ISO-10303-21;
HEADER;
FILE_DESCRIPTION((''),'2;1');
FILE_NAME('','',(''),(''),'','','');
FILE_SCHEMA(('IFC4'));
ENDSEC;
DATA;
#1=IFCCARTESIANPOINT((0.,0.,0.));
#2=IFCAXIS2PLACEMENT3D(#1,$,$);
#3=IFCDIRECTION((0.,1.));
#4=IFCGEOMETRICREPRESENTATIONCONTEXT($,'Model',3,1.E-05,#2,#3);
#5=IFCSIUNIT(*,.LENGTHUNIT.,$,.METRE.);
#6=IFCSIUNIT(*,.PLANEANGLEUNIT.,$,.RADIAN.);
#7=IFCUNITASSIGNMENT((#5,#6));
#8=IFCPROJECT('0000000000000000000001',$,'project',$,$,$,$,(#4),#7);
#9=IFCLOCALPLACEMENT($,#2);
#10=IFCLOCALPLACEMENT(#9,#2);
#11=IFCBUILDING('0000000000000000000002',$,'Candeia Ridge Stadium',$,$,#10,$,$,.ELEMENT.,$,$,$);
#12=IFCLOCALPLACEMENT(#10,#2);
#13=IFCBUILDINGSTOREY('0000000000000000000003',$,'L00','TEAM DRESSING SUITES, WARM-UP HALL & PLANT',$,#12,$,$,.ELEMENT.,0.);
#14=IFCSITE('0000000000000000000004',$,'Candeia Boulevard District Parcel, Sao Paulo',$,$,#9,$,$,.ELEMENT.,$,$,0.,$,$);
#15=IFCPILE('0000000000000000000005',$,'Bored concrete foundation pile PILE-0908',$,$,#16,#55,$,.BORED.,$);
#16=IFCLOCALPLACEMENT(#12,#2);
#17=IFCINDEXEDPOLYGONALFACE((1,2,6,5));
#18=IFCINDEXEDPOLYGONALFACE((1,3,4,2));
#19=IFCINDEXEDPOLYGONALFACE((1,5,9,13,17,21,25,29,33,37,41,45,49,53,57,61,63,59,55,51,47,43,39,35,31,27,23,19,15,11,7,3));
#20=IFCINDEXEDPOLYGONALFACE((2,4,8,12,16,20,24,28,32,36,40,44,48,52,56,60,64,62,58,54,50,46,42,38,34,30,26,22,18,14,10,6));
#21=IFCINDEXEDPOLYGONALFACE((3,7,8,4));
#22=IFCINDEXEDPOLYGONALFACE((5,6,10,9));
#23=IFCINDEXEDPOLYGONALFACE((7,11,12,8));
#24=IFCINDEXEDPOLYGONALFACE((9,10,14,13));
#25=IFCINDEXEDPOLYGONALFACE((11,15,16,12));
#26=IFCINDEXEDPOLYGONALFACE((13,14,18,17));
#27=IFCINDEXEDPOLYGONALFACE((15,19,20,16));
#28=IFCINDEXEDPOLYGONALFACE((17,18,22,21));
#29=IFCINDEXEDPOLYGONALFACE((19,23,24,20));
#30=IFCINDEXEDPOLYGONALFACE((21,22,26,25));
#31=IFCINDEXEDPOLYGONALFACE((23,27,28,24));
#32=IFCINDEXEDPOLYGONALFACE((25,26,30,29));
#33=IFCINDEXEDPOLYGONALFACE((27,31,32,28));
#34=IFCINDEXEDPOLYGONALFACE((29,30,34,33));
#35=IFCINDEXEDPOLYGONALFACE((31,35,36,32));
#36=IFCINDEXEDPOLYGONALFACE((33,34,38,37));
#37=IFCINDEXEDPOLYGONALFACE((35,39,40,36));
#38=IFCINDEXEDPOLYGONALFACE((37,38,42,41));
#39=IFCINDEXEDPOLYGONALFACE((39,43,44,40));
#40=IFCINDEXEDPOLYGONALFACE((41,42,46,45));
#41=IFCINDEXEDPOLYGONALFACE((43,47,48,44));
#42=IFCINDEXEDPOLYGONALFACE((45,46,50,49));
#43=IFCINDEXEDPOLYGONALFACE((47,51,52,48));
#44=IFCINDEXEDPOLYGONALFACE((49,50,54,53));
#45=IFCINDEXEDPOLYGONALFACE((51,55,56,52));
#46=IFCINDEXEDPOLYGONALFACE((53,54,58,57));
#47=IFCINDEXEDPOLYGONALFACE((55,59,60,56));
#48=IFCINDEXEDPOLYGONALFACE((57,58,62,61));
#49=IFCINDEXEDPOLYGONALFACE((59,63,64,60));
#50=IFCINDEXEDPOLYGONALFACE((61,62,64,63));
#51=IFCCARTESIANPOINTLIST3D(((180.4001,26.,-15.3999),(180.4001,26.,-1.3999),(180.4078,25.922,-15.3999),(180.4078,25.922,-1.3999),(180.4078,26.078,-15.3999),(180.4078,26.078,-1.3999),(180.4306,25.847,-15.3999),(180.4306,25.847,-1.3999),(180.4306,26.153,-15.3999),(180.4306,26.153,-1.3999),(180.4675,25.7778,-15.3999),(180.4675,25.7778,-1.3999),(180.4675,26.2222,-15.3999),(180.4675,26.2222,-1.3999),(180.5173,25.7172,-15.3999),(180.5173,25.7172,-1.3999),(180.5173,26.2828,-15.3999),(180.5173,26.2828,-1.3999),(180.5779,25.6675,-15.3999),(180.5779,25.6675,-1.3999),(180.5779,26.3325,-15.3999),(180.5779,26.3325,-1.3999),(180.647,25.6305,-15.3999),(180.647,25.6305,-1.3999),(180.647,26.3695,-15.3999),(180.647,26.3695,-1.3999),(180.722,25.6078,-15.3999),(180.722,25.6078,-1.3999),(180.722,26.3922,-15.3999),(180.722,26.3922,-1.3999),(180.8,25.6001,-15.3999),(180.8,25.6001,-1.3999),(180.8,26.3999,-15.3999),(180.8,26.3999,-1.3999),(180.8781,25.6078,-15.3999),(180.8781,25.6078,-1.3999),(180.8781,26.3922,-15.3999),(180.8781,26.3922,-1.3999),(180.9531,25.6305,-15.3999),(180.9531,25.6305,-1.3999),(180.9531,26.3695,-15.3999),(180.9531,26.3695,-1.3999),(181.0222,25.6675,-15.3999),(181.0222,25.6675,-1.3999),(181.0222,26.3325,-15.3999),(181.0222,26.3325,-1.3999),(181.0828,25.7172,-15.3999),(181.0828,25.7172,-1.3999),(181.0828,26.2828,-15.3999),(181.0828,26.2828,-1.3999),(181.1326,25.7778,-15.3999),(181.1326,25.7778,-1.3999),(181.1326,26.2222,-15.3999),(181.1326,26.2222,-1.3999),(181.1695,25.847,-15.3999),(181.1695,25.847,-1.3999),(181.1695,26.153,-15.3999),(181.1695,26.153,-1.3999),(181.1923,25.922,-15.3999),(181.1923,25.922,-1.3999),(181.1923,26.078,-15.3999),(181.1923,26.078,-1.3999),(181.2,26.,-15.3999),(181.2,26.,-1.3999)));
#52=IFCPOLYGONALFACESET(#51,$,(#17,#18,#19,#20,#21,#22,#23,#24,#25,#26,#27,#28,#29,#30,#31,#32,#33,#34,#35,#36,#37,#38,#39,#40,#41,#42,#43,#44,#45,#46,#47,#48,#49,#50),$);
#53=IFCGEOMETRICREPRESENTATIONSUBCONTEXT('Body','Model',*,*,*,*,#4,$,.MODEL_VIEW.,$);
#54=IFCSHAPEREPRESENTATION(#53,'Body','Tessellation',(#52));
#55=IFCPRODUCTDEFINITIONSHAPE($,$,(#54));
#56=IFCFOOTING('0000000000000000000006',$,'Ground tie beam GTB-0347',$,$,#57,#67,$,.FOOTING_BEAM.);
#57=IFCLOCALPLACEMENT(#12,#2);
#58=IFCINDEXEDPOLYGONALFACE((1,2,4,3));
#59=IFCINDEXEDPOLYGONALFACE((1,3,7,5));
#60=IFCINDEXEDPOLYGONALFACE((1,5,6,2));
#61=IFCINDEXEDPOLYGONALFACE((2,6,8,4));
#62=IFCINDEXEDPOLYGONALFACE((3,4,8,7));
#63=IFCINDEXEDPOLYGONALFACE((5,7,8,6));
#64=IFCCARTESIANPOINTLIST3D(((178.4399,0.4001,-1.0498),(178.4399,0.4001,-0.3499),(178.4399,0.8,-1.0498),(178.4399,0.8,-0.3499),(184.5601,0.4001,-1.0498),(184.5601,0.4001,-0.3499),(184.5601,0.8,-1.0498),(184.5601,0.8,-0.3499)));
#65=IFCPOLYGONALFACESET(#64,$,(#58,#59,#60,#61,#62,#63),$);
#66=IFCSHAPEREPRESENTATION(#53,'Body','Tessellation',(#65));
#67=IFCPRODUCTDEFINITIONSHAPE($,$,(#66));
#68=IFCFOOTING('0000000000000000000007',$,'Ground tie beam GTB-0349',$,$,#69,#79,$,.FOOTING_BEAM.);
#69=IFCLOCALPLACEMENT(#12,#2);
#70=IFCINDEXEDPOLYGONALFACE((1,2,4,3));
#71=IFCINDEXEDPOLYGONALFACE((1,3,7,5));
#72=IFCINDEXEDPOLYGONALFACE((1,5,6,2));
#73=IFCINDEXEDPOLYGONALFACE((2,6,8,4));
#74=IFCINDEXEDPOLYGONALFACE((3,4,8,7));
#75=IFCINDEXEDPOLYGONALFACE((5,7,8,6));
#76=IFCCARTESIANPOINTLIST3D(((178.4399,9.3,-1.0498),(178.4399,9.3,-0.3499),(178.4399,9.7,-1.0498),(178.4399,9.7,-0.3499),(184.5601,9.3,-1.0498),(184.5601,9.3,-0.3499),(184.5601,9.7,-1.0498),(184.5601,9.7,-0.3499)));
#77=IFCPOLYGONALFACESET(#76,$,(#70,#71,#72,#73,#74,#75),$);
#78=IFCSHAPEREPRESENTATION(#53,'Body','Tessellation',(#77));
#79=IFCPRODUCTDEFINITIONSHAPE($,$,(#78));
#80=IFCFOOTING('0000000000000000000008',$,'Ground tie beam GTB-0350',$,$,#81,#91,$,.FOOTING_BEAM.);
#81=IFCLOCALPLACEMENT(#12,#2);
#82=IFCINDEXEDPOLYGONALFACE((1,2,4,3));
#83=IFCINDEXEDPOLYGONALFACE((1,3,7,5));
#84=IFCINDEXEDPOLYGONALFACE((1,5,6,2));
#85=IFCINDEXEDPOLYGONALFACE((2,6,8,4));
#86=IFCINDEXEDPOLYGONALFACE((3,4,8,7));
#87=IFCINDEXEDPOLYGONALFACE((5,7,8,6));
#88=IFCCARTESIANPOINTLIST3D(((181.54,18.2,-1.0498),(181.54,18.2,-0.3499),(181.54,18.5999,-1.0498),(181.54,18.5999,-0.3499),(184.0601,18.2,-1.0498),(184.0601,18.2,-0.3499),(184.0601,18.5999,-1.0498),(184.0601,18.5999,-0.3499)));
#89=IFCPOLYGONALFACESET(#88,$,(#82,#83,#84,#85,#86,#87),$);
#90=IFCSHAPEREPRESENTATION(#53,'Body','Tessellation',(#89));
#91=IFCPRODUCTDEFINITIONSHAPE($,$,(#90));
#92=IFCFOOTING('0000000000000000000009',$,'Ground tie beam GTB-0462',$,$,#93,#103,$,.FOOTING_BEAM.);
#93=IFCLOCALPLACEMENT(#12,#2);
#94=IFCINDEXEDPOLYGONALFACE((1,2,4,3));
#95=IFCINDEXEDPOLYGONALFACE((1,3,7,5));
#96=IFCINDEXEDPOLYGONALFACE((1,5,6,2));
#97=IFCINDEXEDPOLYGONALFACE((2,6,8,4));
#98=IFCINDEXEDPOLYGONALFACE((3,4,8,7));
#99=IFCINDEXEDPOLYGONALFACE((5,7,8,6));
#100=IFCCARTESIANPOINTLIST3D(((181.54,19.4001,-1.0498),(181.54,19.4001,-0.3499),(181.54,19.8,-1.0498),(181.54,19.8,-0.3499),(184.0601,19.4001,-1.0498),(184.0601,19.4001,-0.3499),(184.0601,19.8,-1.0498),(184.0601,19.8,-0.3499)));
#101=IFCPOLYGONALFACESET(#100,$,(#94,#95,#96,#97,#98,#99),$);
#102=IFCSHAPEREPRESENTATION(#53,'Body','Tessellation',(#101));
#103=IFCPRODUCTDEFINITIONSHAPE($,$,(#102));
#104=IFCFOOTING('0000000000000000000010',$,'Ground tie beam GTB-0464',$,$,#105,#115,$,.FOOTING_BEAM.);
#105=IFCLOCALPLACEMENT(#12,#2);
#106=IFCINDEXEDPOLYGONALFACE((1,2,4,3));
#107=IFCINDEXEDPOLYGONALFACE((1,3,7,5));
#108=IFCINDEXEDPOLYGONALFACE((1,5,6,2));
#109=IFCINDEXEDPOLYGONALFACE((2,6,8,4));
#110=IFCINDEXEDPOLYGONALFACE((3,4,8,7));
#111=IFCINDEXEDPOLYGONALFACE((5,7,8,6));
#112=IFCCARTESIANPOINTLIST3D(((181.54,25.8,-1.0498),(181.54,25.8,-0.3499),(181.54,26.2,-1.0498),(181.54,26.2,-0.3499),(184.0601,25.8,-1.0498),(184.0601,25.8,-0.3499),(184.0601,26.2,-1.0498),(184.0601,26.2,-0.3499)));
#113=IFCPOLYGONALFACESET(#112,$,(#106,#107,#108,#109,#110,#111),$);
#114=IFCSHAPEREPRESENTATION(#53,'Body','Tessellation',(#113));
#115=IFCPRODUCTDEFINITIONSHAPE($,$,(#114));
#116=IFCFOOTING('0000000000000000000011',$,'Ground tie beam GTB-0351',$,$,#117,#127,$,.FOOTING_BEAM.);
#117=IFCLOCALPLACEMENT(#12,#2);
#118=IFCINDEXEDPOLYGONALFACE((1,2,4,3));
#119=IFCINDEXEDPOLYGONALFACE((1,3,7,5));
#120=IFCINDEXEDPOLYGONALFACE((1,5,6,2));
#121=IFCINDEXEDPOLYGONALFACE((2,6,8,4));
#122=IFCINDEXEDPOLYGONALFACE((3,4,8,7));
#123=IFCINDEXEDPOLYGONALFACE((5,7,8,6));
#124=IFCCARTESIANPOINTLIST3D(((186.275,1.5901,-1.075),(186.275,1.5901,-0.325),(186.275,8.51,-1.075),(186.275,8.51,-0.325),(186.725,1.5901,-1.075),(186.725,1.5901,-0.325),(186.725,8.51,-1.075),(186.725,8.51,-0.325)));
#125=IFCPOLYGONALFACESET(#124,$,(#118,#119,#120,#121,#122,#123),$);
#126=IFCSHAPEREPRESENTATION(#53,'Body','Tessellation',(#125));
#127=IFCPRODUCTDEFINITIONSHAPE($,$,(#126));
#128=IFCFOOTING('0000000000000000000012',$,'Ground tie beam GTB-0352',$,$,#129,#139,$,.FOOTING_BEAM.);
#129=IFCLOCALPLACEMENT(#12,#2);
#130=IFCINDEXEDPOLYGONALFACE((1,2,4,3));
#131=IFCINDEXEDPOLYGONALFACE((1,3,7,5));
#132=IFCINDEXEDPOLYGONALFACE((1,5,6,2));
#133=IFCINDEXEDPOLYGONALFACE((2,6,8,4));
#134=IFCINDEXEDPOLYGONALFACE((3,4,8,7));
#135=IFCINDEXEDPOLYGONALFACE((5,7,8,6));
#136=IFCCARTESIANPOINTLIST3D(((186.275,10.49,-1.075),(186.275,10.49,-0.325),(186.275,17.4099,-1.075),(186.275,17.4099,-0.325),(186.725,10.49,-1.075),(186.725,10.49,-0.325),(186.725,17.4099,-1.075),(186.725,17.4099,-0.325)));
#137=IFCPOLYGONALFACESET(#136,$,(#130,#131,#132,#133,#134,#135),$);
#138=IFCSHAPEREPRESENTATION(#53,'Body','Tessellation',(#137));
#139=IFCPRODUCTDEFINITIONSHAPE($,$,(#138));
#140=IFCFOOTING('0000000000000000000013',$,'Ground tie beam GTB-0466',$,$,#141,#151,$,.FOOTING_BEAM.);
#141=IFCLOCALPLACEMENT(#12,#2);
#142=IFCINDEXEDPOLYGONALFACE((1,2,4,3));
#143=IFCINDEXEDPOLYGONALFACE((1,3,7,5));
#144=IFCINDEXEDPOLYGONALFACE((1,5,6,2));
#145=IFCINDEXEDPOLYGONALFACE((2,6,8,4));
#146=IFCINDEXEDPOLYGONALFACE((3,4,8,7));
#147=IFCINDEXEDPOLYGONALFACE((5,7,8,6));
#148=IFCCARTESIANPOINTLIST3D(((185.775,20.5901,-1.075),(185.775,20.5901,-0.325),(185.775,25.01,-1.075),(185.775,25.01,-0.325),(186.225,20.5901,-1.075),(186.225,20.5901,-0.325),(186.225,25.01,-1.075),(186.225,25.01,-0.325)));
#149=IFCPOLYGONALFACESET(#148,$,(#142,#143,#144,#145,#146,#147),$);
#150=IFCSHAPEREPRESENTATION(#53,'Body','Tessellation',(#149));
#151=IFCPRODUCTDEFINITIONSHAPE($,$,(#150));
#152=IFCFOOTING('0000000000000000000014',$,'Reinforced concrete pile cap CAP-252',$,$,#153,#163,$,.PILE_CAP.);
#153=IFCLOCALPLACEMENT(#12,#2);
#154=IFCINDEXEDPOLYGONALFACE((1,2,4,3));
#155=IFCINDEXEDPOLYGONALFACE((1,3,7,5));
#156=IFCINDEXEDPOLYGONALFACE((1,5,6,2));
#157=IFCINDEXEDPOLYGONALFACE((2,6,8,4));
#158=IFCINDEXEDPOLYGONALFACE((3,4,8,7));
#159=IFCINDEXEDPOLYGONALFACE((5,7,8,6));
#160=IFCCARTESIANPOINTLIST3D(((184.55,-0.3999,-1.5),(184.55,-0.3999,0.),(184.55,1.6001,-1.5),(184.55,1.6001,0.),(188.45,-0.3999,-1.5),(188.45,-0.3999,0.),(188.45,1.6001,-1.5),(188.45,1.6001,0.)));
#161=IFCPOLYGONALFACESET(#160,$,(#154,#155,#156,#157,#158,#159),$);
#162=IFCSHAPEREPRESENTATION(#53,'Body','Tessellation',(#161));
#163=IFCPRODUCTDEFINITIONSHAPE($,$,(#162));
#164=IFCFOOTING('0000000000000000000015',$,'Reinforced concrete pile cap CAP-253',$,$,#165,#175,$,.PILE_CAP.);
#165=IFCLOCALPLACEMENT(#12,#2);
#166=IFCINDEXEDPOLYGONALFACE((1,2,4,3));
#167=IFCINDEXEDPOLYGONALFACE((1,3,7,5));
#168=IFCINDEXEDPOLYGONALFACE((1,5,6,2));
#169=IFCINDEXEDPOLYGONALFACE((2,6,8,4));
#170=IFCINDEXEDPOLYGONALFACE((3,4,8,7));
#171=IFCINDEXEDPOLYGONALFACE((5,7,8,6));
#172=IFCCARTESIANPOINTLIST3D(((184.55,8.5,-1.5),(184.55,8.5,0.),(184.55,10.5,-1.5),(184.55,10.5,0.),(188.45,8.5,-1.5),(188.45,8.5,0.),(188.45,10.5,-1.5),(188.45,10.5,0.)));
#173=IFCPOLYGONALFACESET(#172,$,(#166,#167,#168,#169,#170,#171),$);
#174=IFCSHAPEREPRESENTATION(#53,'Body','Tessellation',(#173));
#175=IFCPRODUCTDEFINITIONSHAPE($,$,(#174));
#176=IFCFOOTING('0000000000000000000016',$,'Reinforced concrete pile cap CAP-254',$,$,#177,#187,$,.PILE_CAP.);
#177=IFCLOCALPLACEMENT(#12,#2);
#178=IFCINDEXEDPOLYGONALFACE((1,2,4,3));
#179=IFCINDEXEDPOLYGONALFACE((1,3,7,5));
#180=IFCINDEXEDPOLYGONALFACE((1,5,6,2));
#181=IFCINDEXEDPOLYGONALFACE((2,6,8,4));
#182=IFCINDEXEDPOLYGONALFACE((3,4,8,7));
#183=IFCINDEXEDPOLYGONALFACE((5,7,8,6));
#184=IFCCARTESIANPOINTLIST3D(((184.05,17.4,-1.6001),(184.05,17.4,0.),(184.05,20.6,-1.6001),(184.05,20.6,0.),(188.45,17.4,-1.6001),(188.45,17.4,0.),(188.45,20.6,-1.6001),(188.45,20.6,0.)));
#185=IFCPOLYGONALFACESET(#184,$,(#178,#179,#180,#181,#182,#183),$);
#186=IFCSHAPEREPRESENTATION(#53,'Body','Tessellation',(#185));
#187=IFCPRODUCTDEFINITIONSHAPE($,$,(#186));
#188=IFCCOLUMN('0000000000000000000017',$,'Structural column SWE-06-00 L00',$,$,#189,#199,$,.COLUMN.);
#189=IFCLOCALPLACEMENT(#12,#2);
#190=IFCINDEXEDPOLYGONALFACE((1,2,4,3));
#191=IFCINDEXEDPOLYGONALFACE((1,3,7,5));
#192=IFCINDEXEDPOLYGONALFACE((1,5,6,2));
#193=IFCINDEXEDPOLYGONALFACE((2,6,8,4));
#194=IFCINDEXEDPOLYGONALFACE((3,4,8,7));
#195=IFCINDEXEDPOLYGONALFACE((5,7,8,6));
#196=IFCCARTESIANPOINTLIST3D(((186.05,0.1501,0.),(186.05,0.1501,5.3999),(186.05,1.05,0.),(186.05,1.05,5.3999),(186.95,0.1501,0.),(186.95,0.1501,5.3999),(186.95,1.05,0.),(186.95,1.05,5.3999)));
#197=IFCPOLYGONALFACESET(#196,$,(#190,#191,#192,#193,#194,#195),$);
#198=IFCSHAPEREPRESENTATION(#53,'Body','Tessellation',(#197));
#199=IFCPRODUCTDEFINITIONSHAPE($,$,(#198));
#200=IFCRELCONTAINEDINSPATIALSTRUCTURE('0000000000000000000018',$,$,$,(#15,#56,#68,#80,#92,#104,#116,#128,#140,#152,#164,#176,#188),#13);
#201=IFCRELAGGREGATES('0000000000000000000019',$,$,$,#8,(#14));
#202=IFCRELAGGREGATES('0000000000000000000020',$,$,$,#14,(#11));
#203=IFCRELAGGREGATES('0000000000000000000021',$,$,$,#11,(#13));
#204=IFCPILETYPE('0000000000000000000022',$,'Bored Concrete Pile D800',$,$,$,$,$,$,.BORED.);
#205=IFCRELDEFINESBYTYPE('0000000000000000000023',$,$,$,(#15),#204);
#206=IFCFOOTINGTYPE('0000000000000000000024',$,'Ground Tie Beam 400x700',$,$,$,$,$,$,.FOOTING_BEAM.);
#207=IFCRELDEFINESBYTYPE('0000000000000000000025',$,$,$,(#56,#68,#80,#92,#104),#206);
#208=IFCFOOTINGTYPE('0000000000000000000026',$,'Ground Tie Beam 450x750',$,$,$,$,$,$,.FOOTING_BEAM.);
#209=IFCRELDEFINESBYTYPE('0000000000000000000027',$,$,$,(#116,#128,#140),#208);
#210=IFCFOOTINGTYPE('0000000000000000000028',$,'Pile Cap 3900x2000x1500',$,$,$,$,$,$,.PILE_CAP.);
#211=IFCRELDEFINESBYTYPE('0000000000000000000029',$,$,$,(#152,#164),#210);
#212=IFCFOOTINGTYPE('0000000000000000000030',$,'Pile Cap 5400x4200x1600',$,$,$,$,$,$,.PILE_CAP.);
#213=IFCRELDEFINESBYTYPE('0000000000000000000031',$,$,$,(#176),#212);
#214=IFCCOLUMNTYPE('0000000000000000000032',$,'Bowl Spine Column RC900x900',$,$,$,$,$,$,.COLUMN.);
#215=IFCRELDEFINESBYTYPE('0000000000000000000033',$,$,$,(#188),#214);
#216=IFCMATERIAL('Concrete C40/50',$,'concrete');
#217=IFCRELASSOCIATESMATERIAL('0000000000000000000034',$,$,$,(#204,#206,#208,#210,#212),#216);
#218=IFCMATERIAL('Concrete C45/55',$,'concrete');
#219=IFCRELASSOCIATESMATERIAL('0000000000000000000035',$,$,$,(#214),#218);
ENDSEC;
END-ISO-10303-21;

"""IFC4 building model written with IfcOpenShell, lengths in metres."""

from ifc_helpers import new_model, si_unit, direction, frame, origin, origin_2d, place, context, subcontext, project, spatial, rectangle, circle, extrude, material, material_profile, profile_set, type_object, element, save


model = new_model("IFC4")

# Units and contexts
model_context = context("Model", 3, precision=1e-05, world=origin(), true_north=direction((0.0, 1.0)))
body_context = subcontext(model_context, "Body", "Model", "MODEL_VIEW")
ifc_project = project(units=[si_unit("LENGTHUNIT", "METRE"), si_unit("PLANEANGLEUNIT", "RADIAN")], contexts=[model_context])

# Site, building, storey
site_placement = place(None, origin())
site = spatial("IfcSite", under=ifc_project, at=site_placement, Name="Candeia Boulevard District Parcel, Sao Paulo", CompositionType="ELEMENT", RefElevation=0.0)
building_placement = place(site_placement, origin())
building = spatial("IfcBuilding", under=site, at=building_placement, Name="Candeia Ridge Stadium", CompositionType="ELEMENT")
storey_placement = place(building_placement, origin())
storey = spatial("IfcBuildingStorey", under=building, at=storey_placement, Name="L00", Description="TEAM DRESSING SUITES, WARM-UP HALL & PLANT", CompositionType="ELEMENT", Elevation=0.0)

# Pile
ifc_material_1 = material(Name="Concrete C40/50", Category="concrete")
ifc_material_profile_1 = material_profile(ifc_material_1, circle(Radius=0.3999, at=origin_2d()), Name="PILE-D800", Category="concrete")
ifc_profile_set_1 = profile_set([ifc_material_profile_1], Name="Concrete C40/50")
pile_type = type_object("IfcPileType", Name="Bored Concrete Pile D800", PredefinedType="BORED", material=ifc_profile_set_1)
for number, where, z_axis, x_axis, name in (
    (1, (180.8, 26.0, -1.3999), (0.0, 0.0, -1.0), (1.0, 0.0, 0.0), "Bored concrete foundation pile PILE-0908"),
):
    element("IfcPile", number, at=place(storey_placement, frame(where, z_axis=z_axis, x_axis=x_axis)), inside=storey, type_object=pile_type, Name=name, PredefinedType="BORED", context=body_context, shape_type="SweptSolid", body=[
        extrude(circle(Radius=0.3999, at=origin_2d()), origin(), (0.0, 0.0, 1.0), 14.0),
    ])

# Footings
footing_type_1 = type_object("IfcFootingType", Name="Ground Tie Beam 400x700", PredefinedType="FOOTING_BEAM", material=ifc_material_1)
for number, where, z_axis, x_axis, name in (
    (2, (181.5, 0.6001, -1.0498), (0.0, 0.0, 1.0), (1.0, 0.0, 0.0), "Ground tie beam GTB-0347"),
    (3, (181.5, 9.5, -1.0498), (0.0, 0.0, 1.0), (1.0, 0.0, 0.0), "Ground tie beam GTB-0349"),
):
    element("IfcFooting", number, at=place(storey_placement, frame(where, z_axis=z_axis, x_axis=x_axis)), inside=storey, type_object=footing_type_1, Name=name, PredefinedType="FOOTING_BEAM", context=body_context, shape_type="SweptSolid", body=[
        extrude(rectangle(XDim=6.1201, YDim=0.3999, at=origin_2d()), origin(), (0.0, 0.0, 1.0), 0.7),
    ])
for number, where, z_axis, x_axis, name in (
    (4, (182.8, 18.3999, -1.0498), (0.0, 0.0, 1.0), (1.0, 0.0, 0.0), "Ground tie beam GTB-0350"),
    (5, (182.8, 19.6001, -1.0498), (0.0, 0.0, 1.0), (1.0, 0.0, 0.0), "Ground tie beam GTB-0462"),
    (6, (182.8, 26.0, -1.0498), (0.0, 0.0, 1.0), (1.0, 0.0, 0.0), "Ground tie beam GTB-0464"),
):
    element("IfcFooting", number, at=place(storey_placement, frame(where, z_axis=z_axis, x_axis=x_axis)), inside=storey, type_object=footing_type_1, Name=name, PredefinedType="FOOTING_BEAM", context=body_context, shape_type="SweptSolid", body=[
        extrude(rectangle(XDim=2.52, YDim=0.3999, at=origin_2d()), origin(), (0.0, 0.0, 1.0), 0.7),
    ])
footing_type_2 = type_object("IfcFootingType", Name="Ground Tie Beam 450x750", PredefinedType="FOOTING_BEAM", material=ifc_material_1)
for number, where, z_axis, x_axis, name in (
    (7, (186.5, 5.05, -1.075), (0.0, 0.0, 1.0), (0.0, 1.0, 0.0), "Ground tie beam GTB-0351"),
    (8, (186.5, 13.95, -1.075), (0.0, 0.0, 1.0), (0.0, 1.0, 0.0), "Ground tie beam GTB-0352"),
):
    element("IfcFooting", number, at=place(storey_placement, frame(where, z_axis=z_axis, x_axis=x_axis)), inside=storey, type_object=footing_type_2, Name=name, PredefinedType="FOOTING_BEAM", context=body_context, shape_type="SweptSolid", body=[
        extrude(rectangle(XDim=6.9199, YDim=0.45, at=origin_2d()), origin(), (0.0, 0.0, 1.0), 0.75),
    ])
footing_1_placement = place(storey_placement, frame((186.0, 22.8, -1.075), z_axis=(0.0, 0.0, 1.0), x_axis=(0.0, 1.0, 0.0)))
element("IfcFooting", 9, at=footing_1_placement, inside=storey, type_object=footing_type_2, Name="Ground tie beam GTB-0466", PredefinedType="FOOTING_BEAM", context=body_context, shape_type="SweptSolid", body=[
    extrude(rectangle(XDim=4.4199, YDim=0.45, at=origin_2d()), origin(), (0.0, 0.0, 1.0), 0.75),
])
footing_type_3 = type_object("IfcFootingType", Name="Pile Cap 3900x2000x1500", PredefinedType="PILE_CAP", material=ifc_material_1)
for number, where, z_axis, x_axis, name in (
    (10, (186.5, 0.6001, -1.5), (0.0, 0.0, 1.0), (1.0, 0.0, 0.0), "Reinforced concrete pile cap CAP-252"),
    (11, (186.5, 9.5, -1.5), (0.0, 0.0, 1.0), (1.0, 0.0, 0.0), "Reinforced concrete pile cap CAP-253"),
):
    element("IfcFooting", number, at=place(storey_placement, frame(where, z_axis=z_axis, x_axis=x_axis)), inside=storey, type_object=footing_type_3, Name=name, PredefinedType="PILE_CAP", context=body_context, shape_type="SweptSolid", body=[
        extrude(rectangle(XDim=3.8999, YDim=2.0, at=origin_2d()), origin(), (0.0, 0.0, 1.0), 1.5),
    ])
footing_type_4 = type_object("IfcFootingType", Name="Pile Cap 5400x4200x1600", PredefinedType="PILE_CAP", material=ifc_material_1)
footing_2_placement = place(storey_placement, frame((186.25, 19.0, -1.6001), z_axis=(0.0, 0.0, 1.0), x_axis=(1.0, 0.0, 0.0)))
element("IfcFooting", 12, at=footing_2_placement, inside=storey, type_object=footing_type_4, Name="Reinforced concrete pile cap CAP-254", PredefinedType="PILE_CAP", context=body_context, shape_type="SweptSolid", body=[
    extrude(rectangle(XDim=4.3999, YDim=3.2, at=origin_2d()), origin(), (0.0, 0.0, 1.0), 1.6001),
])

# Column
ifc_material_2 = material(Name="Concrete C45/55", Category="concrete")
ifc_material_profile_2 = material_profile(ifc_material_2, rectangle(XDim=0.8999, YDim=0.8999, at=origin_2d()), Name="RC900x900", Category="concrete")
ifc_profile_set_2 = profile_set([ifc_material_profile_2], Name="Concrete C45/55")
column_type_1 = type_object("IfcColumnType", Name="Bowl Spine Column RC900x900", PredefinedType="COLUMN", material=ifc_profile_set_2)
for number, where, z_axis, x_axis, name in (
    (13, (186.5, 0.6001, 0.0), (0.0, 0.0, 1.0), (1.0, 0.0, 0.0), "Structural column SWE-06-00 L00"),
):
    element("IfcColumn", number, at=place(storey_placement, frame(where, z_axis=z_axis, x_axis=x_axis)), inside=storey, type_object=column_type_1, Name=name, PredefinedType="COLUMN", context=body_context, shape_type="SweptSolid", body=[
        extrude(rectangle(XDim=0.8999, YDim=0.8999, at=origin_2d()), origin(), (0.0, 0.0, 1.0), 5.3999),
    ])

save(model, "model.ifc")
